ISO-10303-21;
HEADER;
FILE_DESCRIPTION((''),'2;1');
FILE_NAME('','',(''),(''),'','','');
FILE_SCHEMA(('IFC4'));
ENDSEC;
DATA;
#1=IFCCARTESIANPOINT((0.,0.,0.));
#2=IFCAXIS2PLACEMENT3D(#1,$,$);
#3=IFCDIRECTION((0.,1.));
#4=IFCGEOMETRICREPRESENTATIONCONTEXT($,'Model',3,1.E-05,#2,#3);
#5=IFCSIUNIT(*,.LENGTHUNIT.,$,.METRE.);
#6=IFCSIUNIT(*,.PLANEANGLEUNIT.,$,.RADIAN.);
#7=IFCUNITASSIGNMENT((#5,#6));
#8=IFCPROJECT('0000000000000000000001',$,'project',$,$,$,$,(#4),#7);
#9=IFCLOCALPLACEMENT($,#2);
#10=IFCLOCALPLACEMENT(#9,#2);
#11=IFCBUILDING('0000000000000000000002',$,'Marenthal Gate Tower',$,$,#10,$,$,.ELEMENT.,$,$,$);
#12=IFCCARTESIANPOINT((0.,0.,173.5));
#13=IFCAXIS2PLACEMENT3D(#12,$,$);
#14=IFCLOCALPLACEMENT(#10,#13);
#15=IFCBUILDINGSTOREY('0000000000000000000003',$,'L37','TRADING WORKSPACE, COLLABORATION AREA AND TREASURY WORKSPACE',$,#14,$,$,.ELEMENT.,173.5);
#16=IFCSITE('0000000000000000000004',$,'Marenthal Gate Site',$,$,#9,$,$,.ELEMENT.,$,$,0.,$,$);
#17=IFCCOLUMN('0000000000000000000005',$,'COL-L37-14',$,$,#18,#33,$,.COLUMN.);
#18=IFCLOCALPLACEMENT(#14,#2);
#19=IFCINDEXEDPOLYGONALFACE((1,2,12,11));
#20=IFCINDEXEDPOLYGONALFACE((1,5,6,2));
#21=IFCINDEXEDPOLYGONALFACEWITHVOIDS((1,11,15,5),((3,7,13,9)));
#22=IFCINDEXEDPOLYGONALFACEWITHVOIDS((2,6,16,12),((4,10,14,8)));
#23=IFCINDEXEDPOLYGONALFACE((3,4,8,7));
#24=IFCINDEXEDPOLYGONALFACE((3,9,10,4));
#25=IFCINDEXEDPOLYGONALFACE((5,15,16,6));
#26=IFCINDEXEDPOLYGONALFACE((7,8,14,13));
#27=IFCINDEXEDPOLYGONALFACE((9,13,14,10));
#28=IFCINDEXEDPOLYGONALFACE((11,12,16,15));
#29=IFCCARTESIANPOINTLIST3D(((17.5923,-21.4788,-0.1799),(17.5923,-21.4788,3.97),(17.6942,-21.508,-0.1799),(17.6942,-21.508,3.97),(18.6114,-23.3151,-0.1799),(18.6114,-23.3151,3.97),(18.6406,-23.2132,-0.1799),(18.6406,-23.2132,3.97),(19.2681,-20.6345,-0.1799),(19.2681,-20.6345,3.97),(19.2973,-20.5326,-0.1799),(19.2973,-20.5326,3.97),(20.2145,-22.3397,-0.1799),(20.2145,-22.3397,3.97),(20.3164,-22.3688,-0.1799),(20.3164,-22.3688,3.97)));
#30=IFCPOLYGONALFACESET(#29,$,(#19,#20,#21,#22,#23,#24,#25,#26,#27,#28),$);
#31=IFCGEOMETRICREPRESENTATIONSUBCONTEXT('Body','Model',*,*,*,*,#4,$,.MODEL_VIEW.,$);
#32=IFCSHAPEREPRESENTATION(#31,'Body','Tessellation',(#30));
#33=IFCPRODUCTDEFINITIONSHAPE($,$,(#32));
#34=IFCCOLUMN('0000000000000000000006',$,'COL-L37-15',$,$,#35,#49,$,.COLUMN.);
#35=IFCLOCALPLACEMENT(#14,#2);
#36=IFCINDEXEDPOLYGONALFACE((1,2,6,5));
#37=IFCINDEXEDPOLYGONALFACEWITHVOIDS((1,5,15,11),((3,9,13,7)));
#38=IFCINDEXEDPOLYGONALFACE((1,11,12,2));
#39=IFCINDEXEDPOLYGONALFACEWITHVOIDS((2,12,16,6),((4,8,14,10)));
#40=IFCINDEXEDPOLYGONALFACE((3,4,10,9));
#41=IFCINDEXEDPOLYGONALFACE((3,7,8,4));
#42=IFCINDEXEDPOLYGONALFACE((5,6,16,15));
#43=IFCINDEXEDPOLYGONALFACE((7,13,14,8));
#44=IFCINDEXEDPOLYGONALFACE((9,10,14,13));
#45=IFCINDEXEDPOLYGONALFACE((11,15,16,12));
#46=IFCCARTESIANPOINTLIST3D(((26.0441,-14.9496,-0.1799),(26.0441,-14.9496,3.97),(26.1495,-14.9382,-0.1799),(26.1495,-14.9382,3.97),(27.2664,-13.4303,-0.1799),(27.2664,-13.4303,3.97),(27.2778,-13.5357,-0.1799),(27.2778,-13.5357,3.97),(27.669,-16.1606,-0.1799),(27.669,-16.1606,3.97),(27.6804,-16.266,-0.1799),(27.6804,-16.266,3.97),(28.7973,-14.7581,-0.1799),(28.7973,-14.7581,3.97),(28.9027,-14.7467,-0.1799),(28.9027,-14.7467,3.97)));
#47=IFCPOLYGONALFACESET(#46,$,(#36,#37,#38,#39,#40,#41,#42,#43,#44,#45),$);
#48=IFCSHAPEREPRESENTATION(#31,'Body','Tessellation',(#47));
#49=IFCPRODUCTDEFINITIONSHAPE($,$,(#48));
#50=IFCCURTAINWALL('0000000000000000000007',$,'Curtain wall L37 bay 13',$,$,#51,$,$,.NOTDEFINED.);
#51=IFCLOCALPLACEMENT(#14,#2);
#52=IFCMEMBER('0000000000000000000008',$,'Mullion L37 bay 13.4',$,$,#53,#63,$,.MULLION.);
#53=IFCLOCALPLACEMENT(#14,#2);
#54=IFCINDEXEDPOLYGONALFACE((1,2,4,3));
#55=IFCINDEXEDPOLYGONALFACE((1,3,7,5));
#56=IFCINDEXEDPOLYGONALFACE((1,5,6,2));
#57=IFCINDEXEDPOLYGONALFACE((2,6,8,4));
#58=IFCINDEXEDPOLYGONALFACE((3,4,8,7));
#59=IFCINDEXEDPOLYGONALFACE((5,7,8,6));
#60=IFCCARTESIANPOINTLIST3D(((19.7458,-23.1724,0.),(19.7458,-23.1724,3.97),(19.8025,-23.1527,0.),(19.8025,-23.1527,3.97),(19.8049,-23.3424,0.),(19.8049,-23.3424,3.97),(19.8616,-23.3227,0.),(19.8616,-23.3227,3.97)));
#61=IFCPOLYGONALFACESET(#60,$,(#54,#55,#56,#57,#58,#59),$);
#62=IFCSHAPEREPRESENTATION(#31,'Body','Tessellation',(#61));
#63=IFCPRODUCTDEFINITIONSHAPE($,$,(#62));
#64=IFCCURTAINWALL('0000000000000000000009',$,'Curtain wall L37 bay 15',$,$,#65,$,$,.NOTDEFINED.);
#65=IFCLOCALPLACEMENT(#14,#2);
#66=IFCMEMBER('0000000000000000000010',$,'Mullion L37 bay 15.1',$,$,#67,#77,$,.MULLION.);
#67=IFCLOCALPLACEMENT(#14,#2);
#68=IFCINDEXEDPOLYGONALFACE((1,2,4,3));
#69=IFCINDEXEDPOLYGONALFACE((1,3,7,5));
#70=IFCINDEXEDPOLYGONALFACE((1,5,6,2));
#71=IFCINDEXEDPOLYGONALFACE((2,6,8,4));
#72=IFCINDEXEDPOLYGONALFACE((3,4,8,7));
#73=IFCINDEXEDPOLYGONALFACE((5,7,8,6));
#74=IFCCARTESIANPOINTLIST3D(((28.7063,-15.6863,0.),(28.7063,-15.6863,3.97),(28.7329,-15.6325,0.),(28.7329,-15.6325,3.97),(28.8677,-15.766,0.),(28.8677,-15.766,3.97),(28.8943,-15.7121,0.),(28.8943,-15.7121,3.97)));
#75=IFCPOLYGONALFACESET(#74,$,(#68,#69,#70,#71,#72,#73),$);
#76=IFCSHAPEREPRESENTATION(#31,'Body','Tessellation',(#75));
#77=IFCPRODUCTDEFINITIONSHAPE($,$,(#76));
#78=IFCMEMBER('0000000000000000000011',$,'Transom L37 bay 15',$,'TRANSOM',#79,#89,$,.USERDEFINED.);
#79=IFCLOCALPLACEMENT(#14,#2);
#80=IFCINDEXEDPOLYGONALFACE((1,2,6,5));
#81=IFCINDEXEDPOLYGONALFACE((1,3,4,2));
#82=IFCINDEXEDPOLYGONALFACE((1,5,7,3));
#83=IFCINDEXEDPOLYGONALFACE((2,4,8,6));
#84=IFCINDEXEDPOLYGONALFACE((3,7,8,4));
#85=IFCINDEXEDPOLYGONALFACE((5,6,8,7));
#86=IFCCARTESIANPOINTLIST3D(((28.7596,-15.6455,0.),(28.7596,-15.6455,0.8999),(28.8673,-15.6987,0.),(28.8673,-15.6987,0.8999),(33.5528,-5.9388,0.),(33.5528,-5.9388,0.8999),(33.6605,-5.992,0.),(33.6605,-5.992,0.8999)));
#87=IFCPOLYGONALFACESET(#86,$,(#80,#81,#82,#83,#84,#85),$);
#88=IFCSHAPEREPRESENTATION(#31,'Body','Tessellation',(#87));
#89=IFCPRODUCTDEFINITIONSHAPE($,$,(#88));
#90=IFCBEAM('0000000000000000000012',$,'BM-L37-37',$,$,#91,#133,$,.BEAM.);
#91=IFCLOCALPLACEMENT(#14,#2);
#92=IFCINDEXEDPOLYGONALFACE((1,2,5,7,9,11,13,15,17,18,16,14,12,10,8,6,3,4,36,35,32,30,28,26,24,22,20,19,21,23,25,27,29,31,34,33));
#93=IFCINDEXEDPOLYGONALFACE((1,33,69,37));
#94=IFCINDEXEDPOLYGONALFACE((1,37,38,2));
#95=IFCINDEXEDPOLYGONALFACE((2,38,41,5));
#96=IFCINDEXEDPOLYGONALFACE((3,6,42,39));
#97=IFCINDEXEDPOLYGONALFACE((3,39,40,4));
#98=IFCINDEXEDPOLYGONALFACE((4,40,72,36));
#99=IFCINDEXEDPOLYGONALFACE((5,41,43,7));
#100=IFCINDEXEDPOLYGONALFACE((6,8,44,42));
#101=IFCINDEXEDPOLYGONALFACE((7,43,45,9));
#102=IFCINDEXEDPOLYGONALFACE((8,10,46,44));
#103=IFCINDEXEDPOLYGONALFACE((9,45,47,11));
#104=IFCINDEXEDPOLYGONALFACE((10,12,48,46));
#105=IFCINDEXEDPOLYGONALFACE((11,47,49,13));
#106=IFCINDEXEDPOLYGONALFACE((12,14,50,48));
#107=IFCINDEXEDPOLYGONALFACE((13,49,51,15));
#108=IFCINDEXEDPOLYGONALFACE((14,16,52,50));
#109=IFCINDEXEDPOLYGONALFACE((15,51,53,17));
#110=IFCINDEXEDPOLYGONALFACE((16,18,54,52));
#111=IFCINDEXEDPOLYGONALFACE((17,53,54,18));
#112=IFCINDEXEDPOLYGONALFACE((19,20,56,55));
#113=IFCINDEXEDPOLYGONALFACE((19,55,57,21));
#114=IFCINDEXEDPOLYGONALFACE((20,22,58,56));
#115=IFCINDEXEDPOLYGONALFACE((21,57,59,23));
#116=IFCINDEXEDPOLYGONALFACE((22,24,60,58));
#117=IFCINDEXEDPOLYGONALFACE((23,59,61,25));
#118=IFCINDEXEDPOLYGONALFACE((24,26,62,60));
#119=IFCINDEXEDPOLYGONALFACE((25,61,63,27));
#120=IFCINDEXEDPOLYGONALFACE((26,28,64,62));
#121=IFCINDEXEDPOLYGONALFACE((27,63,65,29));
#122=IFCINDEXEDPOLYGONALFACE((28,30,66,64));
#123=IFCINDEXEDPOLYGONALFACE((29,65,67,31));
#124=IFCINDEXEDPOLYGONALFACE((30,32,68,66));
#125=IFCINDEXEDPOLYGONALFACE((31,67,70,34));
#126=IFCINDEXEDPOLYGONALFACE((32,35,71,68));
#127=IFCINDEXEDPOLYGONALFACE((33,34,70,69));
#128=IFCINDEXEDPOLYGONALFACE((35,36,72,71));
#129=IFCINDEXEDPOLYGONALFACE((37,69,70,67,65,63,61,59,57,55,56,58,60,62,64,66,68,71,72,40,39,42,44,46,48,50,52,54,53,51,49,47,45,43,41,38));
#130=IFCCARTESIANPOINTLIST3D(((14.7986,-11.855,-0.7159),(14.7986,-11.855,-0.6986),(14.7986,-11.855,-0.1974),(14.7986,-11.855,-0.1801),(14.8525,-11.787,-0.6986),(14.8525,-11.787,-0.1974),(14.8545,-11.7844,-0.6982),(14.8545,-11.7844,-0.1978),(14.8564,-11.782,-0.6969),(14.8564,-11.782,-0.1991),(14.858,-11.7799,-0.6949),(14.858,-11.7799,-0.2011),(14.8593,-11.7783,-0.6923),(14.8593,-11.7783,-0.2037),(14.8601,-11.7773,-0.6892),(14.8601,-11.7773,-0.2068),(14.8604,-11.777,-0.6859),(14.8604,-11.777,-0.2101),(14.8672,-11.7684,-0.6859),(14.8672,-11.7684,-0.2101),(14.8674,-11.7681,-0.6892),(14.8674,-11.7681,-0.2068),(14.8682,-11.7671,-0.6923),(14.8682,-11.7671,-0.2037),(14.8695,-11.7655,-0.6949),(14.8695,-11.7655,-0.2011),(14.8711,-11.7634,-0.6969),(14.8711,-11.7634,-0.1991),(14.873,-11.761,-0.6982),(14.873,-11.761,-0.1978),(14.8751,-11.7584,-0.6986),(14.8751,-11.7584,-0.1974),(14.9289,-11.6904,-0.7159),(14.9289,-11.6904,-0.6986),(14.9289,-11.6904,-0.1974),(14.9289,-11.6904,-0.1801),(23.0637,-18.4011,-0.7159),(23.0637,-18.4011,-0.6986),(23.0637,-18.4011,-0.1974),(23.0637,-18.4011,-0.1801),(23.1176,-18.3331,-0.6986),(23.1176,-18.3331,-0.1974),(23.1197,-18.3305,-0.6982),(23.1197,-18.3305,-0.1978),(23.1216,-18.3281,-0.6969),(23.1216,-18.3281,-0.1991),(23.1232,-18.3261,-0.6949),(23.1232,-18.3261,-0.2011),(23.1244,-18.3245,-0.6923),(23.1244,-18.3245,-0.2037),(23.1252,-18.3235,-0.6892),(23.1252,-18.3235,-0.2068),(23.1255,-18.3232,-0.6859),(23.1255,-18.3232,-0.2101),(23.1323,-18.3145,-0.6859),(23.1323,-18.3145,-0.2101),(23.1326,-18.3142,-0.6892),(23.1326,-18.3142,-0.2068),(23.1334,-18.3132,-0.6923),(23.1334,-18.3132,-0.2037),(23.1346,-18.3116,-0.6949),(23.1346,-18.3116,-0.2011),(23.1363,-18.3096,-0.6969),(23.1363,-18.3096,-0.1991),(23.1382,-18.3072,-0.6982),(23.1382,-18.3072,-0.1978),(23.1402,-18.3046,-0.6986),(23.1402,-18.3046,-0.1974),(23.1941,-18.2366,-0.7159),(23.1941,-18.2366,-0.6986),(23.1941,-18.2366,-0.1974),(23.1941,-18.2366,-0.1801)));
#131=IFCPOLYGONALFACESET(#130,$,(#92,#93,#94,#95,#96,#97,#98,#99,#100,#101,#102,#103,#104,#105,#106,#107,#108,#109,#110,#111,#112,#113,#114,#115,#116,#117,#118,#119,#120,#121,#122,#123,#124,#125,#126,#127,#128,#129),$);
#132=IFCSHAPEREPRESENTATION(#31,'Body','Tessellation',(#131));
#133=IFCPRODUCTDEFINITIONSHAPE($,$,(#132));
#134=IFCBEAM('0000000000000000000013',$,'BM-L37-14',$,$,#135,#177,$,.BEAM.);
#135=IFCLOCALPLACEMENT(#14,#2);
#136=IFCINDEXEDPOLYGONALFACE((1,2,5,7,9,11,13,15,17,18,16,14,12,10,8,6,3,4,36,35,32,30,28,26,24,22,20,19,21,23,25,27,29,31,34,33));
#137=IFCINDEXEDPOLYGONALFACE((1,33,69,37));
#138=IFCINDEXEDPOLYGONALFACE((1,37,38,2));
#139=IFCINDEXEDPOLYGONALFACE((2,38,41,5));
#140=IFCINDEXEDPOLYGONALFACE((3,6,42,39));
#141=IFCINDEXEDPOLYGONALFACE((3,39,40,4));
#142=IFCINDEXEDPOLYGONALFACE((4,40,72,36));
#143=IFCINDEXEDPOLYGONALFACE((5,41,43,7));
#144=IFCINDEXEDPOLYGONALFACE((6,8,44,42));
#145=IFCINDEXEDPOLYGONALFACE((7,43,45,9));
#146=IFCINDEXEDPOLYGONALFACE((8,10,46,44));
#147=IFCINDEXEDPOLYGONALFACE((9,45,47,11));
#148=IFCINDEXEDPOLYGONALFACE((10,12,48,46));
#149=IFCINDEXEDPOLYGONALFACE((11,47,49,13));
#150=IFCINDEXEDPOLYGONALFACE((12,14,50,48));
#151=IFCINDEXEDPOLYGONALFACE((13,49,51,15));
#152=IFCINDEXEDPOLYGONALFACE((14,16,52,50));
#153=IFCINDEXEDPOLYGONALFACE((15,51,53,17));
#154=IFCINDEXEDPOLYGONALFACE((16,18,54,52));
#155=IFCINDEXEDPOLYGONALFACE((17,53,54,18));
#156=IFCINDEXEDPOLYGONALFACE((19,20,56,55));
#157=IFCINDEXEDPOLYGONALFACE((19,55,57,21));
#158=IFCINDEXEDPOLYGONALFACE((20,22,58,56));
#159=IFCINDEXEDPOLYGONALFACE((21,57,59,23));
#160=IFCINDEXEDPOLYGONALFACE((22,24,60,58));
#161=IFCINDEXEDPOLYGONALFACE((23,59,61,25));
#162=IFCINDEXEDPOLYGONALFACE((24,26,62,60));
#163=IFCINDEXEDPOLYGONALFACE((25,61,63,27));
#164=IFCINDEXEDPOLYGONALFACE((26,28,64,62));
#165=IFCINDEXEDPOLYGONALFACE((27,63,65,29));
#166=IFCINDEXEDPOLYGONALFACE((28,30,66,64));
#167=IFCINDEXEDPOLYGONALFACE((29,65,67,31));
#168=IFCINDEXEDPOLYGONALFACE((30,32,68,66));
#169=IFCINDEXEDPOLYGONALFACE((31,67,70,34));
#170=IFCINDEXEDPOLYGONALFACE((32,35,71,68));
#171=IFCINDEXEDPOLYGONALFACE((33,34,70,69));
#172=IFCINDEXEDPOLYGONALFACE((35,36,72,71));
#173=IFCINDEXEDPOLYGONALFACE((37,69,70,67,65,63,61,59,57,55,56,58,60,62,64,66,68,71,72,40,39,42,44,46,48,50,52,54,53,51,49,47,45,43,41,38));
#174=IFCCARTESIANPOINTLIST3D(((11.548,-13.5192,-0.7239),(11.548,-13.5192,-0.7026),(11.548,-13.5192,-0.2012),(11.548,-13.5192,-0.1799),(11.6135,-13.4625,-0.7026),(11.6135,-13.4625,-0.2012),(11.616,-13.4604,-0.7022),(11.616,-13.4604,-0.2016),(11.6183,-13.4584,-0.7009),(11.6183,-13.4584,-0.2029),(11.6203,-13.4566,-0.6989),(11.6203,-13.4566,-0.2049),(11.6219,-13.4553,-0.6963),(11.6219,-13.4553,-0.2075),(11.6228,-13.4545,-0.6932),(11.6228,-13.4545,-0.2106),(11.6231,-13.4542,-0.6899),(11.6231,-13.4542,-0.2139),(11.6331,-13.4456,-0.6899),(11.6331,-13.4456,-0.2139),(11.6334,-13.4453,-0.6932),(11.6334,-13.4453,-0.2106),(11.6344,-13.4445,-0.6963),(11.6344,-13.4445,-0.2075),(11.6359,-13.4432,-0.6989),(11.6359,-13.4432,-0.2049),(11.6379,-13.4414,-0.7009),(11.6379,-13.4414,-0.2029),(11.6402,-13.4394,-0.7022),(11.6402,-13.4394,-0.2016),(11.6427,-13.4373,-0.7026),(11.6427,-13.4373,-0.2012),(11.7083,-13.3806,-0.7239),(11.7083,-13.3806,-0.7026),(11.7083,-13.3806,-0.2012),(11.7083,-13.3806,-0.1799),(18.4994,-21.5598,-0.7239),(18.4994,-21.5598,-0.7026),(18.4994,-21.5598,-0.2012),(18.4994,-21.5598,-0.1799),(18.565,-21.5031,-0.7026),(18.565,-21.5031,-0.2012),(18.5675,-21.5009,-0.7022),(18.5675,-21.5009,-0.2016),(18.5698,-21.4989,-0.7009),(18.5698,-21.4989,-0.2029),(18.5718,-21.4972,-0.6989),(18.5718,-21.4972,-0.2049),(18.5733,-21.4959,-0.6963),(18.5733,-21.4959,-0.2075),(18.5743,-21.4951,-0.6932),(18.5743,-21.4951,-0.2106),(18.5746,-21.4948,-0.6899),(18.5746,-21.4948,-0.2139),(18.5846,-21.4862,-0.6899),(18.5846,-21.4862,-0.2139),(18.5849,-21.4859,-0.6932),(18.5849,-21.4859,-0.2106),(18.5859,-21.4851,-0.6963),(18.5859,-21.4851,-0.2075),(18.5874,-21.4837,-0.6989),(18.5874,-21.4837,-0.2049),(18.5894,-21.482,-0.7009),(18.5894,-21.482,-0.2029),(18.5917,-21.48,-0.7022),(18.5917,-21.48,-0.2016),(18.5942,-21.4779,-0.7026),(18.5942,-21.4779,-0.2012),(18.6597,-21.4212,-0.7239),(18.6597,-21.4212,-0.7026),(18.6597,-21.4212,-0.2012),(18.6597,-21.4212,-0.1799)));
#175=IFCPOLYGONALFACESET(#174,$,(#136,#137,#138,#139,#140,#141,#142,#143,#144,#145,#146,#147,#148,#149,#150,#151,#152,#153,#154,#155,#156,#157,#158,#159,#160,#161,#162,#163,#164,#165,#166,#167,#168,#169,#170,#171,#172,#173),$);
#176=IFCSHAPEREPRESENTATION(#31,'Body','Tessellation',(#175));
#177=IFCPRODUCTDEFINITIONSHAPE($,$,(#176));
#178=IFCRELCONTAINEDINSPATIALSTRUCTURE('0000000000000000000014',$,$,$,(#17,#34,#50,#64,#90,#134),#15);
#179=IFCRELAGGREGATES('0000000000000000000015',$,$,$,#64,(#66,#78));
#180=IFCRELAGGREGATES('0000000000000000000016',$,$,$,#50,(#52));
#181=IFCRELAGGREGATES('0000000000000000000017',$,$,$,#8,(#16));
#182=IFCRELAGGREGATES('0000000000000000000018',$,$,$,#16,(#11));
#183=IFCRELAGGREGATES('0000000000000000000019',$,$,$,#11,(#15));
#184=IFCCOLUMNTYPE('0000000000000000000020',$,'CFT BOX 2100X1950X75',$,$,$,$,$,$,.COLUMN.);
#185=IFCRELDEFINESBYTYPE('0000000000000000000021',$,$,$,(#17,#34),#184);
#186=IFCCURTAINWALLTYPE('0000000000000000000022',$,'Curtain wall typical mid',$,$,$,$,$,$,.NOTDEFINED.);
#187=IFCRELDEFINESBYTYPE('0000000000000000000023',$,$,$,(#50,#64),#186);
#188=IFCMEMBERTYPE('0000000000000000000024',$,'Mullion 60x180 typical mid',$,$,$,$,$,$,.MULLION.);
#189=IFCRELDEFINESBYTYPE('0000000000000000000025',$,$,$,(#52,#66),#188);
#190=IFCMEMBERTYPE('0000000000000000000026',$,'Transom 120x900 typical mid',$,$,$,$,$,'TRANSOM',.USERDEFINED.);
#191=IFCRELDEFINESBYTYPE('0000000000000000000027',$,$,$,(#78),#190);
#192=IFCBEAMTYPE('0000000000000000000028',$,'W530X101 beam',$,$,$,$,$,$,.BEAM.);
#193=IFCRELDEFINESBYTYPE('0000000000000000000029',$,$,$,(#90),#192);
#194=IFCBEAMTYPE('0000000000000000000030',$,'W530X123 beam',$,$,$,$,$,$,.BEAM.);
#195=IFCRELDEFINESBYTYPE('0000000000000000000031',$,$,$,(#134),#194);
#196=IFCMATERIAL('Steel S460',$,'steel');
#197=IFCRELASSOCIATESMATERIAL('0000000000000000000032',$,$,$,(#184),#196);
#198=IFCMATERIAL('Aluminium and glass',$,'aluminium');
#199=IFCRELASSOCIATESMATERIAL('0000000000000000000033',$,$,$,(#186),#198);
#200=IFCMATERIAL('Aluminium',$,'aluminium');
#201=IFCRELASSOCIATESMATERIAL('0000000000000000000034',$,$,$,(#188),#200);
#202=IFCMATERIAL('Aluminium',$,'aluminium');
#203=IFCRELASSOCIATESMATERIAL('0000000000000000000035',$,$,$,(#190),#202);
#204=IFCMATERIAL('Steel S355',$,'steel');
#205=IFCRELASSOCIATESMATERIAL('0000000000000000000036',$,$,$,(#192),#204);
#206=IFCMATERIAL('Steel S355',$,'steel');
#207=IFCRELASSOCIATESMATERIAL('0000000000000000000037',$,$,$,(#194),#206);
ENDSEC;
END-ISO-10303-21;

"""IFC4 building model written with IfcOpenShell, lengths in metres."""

from ifc_helpers import new_model, si_unit, direction, frame, origin, origin_2d, place, context, subcontext, project, spatial, rectangle, hollow_rectangle, i_section, extrude, material, material_profile, profile_set, type_object, element, aggregate, save


model = new_model("IFC4")

# Units and contexts
model_context = context("Model", 3, precision=1e-05, world=origin(), true_north=direction((0.0, 1.0)))
body_context = subcontext(model_context, "Body", "Model", "MODEL_VIEW")
ifc_project = project(units=[si_unit("LENGTHUNIT", "METRE"), si_unit("PLANEANGLEUNIT", "RADIAN")], contexts=[model_context])

# Site, building, storey
site_placement = place(None, origin())
site = spatial("IfcSite", under=ifc_project, at=site_placement, Name="Marenthal Gate Site", CompositionType="ELEMENT", RefElevation=0.0)
building_placement = place(site_placement, origin())
building = spatial("IfcBuilding", under=site, at=building_placement, Name="Marenthal Gate Tower", CompositionType="ELEMENT")
storey_placement = place(building_placement, frame((0.0, 0.0, 173.5)))
storey = spatial("IfcBuildingStorey", under=building, at=storey_placement, Name="L37", Description="TRADING WORKSPACE, COLLABORATION AREA AND TREASURY WORKSPACE", CompositionType="ELEMENT", Elevation=173.5)

# Columns
ifc_material_1 = material(Name="Steel S460", Category="steel")
ifc_material_profile_1 = material_profile(ifc_material_1, hollow_rectangle(XDim=1.95, YDim=2.1001, WallThickness=0.075, at=origin_2d()), Name="CFT BOX 2100X1950X75")
ifc_material_2 = material(Name="Concrete 70 MPa", Category="concrete")
ifc_material_profile_2 = material_profile(ifc_material_2, rectangle(XDim=1.8, YDim=1.95, at=origin_2d()), Name="CFT BOX 2100X1950X75 INFILL")
ifc_profile_set_1 = profile_set([ifc_material_profile_1, ifc_material_profile_2], Name="Steel S460 shell, Concrete 70 MPa infill")
column_type = type_object("IfcColumnType", Name="CFT BOX 2100X1950X75", PredefinedType="COLUMN", material=ifc_profile_set_1)
for number, where, z_axis, x_axis, name in (
    (1, (18.9543, -21.9238, -0.1799), (0.0, 0.0, 1.0), (-0.874371, -0.485258, 0.0), "COL-L37-14"),
    (2, (27.4734, -14.8481, -0.1799), (0.0, 0.0, 1.0), (-0.626815, -0.779168, 0.0), "COL-L37-15"),
):
    element("IfcColumn", number, at=place(storey_placement, frame(where, z_axis=z_axis, x_axis=x_axis)), inside=storey, type_object=column_type, Name=name, PredefinedType="COLUMN", context=body_context, shape_type="SweptSolid", body=[
        extrude(hollow_rectangle(XDim=1.95, YDim=2.1001, WallThickness=0.075, at=origin_2d()), origin(), (0.0, 0.0, 1.0), 4.1499),
    ])

# Curtain wall, member
ifc_material_3 = material(Name="Aluminium and glass", Category="aluminium")
curtain_wall_type = type_object("IfcCurtainWallType", Name="Curtain wall typical mid", PredefinedType="NOTDEFINED", material=ifc_material_3)
curtain_wall_1_placement = place(storey_placement, origin())
curtain_wall_1 = element("IfcCurtainWall", 3, at=curtain_wall_1_placement, inside=storey, type_object=curtain_wall_type, Name="Curtain wall L37 bay 13", PredefinedType="NOTDEFINED")
ifc_material_4 = material(Name="Aluminium", Category="aluminium")
ifc_material_profile_3 = material_profile(ifc_material_4, rectangle(XDim=0.1799, YDim=0.0601, at=origin_2d()), Name="60x180 aluminium mullion")
ifc_profile_set_2 = profile_set([ifc_material_profile_3], Name="Aluminium")
member_type_1 = type_object("IfcMemberType", Name="Mullion 60x180 typical mid", PredefinedType="MULLION", material=ifc_profile_set_2)
member_1_placement = place(storey_placement, frame((19.8037, -23.2476, 0.0), z_axis=(0.0, 0.0, 1.0), x_axis=(-0.328211, 0.944604, 0.0)))
member_1 = element("IfcMember", 4, at=member_1_placement, type_object=member_type_1, Name="Mullion L37 bay 13.4", PredefinedType="MULLION", context=body_context, shape_type="SweptSolid", body=[
    extrude(rectangle(XDim=0.1799, YDim=0.0601, at=origin_2d()), origin(), (0.0, 0.0, 1.0), 3.97),
])

# Curtain wall, members
curtain_wall_2_placement = place(storey_placement, origin())
curtain_wall_2 = element("IfcCurtainWall", 5, at=curtain_wall_2_placement, inside=storey, type_object=curtain_wall_type, Name="Curtain wall L37 bay 15", PredefinedType="NOTDEFINED")
member_2_placement = place(storey_placement, frame((28.8003, -15.6992, 0.0), z_axis=(0.0, 0.0, 1.0), x_axis=(-0.896643, 0.442753, 0.0)))
member_2 = element("IfcMember", 6, at=member_2_placement, type_object=member_type_1, Name="Mullion L37 bay 15.1", PredefinedType="MULLION", context=body_context, shape_type="SweptSolid", body=[
    extrude(rectangle(XDim=0.1799, YDim=0.0601, at=origin_2d()), origin(), (0.0, 0.0, 1.0), 3.97),
])
ifc_material_5 = material(Name="Aluminium", Category="aluminium")
ifc_material_profile_4 = material_profile(ifc_material_5, rectangle(XDim=0.1201, YDim=0.8999, at=origin_2d()), Name="120x900 aluminium transom")
ifc_profile_set_3 = profile_set([ifc_material_profile_4], Name="Aluminium")
member_type_2 = type_object("IfcMemberType", Name="Transom 120x900 typical mid", ElementType="TRANSOM", PredefinedType="USERDEFINED", material=ifc_profile_set_3)
member_3_placement = place(storey_placement, frame((28.8135, -15.6721, 0.45), z_axis=(0.442761, 0.89664, 0.0), x_axis=(-0.89664, 0.442761, 0.0)))
member_3 = element("IfcMember", 7, at=member_3_placement, type_object=member_type_2, Name="Transom L37 bay 15", ObjectType="TRANSOM", PredefinedType="USERDEFINED", context=body_context, shape_type="SweptSolid", body=[
    extrude(rectangle(XDim=0.1201, YDim=0.8999, at=origin_2d()), origin(), (0.0, 0.0, 1.0), 10.8257),
])
aggregate(curtain_wall_2, [member_2, member_3])

# Beams
ifc_material_6 = material(Name="Steel S355", Category="steel")
ifc_material_profile_5 = material_profile(ifc_material_6, i_section(OverallWidth=0.21, OverallDepth=0.5359, WebThickness=0.011, FlangeThickness=0.0173, FilletRadius=0.0127, at=origin_2d()), Name="W530X101")
ifc_profile_set_4 = profile_set([ifc_material_profile_5], Name="Steel S355")
beam_type_1 = type_object("IfcBeamType", Name="W530X101 beam", PredefinedType="BEAM", material=ifc_profile_set_4)
beam_1_placement = place(storey_placement, frame((23.1289, -18.3188, -0.448), z_axis=(-0.783912, 0.620873, 0.0), x_axis=(-0.620873, -0.783912, 0.0)))
element("IfcBeam", 8, at=beam_1_placement, inside=storey, type_object=beam_type_1, Name="BM-L37-37", PredefinedType="BEAM", context=body_context, shape_type="SweptSolid", body=[
    extrude(i_section(OverallWidth=0.21, OverallDepth=0.5359, WebThickness=0.011, FlangeThickness=0.0173, FilletRadius=0.0127, at=origin_2d()), origin(), (0.0, 0.0, 1.0), 10.5435),
])
ifc_material_7 = material(Name="Steel S355", Category="steel")
ifc_material_profile_6 = material_profile(ifc_material_7, i_section(OverallWidth=0.2119, OverallDepth=0.5439, WebThickness=0.0132, FlangeThickness=0.0212, FilletRadius=0.0127, at=origin_2d()), Name="W530X123")
ifc_profile_set_5 = profile_set([ifc_material_profile_6], Name="Steel S355")
beam_type_2 = type_object("IfcBeamType", Name="W530X123 beam", PredefinedType="BEAM", material=ifc_profile_set_5)
beam_2_placement = place(storey_placement, frame((18.5796, -21.4905, -0.4519), z_axis=(-0.654014, 0.756482, 0.0), x_axis=(-0.756482, -0.654014, 0.0)))
element("IfcBeam", 9, at=beam_2_placement, inside=storey, type_object=beam_type_2, Name="BM-L37-14", PredefinedType="BEAM", context=body_context, shape_type="SweptSolid", body=[
    extrude(i_section(OverallWidth=0.2119, OverallDepth=0.5439, WebThickness=0.0132, FlangeThickness=0.0212, FilletRadius=0.0127, at=origin_2d()), origin(), (0.0, 0.0, 1.0), 10.6289),
])

aggregate(curtain_wall_1, [member_1])

save(model, "model.ifc")
